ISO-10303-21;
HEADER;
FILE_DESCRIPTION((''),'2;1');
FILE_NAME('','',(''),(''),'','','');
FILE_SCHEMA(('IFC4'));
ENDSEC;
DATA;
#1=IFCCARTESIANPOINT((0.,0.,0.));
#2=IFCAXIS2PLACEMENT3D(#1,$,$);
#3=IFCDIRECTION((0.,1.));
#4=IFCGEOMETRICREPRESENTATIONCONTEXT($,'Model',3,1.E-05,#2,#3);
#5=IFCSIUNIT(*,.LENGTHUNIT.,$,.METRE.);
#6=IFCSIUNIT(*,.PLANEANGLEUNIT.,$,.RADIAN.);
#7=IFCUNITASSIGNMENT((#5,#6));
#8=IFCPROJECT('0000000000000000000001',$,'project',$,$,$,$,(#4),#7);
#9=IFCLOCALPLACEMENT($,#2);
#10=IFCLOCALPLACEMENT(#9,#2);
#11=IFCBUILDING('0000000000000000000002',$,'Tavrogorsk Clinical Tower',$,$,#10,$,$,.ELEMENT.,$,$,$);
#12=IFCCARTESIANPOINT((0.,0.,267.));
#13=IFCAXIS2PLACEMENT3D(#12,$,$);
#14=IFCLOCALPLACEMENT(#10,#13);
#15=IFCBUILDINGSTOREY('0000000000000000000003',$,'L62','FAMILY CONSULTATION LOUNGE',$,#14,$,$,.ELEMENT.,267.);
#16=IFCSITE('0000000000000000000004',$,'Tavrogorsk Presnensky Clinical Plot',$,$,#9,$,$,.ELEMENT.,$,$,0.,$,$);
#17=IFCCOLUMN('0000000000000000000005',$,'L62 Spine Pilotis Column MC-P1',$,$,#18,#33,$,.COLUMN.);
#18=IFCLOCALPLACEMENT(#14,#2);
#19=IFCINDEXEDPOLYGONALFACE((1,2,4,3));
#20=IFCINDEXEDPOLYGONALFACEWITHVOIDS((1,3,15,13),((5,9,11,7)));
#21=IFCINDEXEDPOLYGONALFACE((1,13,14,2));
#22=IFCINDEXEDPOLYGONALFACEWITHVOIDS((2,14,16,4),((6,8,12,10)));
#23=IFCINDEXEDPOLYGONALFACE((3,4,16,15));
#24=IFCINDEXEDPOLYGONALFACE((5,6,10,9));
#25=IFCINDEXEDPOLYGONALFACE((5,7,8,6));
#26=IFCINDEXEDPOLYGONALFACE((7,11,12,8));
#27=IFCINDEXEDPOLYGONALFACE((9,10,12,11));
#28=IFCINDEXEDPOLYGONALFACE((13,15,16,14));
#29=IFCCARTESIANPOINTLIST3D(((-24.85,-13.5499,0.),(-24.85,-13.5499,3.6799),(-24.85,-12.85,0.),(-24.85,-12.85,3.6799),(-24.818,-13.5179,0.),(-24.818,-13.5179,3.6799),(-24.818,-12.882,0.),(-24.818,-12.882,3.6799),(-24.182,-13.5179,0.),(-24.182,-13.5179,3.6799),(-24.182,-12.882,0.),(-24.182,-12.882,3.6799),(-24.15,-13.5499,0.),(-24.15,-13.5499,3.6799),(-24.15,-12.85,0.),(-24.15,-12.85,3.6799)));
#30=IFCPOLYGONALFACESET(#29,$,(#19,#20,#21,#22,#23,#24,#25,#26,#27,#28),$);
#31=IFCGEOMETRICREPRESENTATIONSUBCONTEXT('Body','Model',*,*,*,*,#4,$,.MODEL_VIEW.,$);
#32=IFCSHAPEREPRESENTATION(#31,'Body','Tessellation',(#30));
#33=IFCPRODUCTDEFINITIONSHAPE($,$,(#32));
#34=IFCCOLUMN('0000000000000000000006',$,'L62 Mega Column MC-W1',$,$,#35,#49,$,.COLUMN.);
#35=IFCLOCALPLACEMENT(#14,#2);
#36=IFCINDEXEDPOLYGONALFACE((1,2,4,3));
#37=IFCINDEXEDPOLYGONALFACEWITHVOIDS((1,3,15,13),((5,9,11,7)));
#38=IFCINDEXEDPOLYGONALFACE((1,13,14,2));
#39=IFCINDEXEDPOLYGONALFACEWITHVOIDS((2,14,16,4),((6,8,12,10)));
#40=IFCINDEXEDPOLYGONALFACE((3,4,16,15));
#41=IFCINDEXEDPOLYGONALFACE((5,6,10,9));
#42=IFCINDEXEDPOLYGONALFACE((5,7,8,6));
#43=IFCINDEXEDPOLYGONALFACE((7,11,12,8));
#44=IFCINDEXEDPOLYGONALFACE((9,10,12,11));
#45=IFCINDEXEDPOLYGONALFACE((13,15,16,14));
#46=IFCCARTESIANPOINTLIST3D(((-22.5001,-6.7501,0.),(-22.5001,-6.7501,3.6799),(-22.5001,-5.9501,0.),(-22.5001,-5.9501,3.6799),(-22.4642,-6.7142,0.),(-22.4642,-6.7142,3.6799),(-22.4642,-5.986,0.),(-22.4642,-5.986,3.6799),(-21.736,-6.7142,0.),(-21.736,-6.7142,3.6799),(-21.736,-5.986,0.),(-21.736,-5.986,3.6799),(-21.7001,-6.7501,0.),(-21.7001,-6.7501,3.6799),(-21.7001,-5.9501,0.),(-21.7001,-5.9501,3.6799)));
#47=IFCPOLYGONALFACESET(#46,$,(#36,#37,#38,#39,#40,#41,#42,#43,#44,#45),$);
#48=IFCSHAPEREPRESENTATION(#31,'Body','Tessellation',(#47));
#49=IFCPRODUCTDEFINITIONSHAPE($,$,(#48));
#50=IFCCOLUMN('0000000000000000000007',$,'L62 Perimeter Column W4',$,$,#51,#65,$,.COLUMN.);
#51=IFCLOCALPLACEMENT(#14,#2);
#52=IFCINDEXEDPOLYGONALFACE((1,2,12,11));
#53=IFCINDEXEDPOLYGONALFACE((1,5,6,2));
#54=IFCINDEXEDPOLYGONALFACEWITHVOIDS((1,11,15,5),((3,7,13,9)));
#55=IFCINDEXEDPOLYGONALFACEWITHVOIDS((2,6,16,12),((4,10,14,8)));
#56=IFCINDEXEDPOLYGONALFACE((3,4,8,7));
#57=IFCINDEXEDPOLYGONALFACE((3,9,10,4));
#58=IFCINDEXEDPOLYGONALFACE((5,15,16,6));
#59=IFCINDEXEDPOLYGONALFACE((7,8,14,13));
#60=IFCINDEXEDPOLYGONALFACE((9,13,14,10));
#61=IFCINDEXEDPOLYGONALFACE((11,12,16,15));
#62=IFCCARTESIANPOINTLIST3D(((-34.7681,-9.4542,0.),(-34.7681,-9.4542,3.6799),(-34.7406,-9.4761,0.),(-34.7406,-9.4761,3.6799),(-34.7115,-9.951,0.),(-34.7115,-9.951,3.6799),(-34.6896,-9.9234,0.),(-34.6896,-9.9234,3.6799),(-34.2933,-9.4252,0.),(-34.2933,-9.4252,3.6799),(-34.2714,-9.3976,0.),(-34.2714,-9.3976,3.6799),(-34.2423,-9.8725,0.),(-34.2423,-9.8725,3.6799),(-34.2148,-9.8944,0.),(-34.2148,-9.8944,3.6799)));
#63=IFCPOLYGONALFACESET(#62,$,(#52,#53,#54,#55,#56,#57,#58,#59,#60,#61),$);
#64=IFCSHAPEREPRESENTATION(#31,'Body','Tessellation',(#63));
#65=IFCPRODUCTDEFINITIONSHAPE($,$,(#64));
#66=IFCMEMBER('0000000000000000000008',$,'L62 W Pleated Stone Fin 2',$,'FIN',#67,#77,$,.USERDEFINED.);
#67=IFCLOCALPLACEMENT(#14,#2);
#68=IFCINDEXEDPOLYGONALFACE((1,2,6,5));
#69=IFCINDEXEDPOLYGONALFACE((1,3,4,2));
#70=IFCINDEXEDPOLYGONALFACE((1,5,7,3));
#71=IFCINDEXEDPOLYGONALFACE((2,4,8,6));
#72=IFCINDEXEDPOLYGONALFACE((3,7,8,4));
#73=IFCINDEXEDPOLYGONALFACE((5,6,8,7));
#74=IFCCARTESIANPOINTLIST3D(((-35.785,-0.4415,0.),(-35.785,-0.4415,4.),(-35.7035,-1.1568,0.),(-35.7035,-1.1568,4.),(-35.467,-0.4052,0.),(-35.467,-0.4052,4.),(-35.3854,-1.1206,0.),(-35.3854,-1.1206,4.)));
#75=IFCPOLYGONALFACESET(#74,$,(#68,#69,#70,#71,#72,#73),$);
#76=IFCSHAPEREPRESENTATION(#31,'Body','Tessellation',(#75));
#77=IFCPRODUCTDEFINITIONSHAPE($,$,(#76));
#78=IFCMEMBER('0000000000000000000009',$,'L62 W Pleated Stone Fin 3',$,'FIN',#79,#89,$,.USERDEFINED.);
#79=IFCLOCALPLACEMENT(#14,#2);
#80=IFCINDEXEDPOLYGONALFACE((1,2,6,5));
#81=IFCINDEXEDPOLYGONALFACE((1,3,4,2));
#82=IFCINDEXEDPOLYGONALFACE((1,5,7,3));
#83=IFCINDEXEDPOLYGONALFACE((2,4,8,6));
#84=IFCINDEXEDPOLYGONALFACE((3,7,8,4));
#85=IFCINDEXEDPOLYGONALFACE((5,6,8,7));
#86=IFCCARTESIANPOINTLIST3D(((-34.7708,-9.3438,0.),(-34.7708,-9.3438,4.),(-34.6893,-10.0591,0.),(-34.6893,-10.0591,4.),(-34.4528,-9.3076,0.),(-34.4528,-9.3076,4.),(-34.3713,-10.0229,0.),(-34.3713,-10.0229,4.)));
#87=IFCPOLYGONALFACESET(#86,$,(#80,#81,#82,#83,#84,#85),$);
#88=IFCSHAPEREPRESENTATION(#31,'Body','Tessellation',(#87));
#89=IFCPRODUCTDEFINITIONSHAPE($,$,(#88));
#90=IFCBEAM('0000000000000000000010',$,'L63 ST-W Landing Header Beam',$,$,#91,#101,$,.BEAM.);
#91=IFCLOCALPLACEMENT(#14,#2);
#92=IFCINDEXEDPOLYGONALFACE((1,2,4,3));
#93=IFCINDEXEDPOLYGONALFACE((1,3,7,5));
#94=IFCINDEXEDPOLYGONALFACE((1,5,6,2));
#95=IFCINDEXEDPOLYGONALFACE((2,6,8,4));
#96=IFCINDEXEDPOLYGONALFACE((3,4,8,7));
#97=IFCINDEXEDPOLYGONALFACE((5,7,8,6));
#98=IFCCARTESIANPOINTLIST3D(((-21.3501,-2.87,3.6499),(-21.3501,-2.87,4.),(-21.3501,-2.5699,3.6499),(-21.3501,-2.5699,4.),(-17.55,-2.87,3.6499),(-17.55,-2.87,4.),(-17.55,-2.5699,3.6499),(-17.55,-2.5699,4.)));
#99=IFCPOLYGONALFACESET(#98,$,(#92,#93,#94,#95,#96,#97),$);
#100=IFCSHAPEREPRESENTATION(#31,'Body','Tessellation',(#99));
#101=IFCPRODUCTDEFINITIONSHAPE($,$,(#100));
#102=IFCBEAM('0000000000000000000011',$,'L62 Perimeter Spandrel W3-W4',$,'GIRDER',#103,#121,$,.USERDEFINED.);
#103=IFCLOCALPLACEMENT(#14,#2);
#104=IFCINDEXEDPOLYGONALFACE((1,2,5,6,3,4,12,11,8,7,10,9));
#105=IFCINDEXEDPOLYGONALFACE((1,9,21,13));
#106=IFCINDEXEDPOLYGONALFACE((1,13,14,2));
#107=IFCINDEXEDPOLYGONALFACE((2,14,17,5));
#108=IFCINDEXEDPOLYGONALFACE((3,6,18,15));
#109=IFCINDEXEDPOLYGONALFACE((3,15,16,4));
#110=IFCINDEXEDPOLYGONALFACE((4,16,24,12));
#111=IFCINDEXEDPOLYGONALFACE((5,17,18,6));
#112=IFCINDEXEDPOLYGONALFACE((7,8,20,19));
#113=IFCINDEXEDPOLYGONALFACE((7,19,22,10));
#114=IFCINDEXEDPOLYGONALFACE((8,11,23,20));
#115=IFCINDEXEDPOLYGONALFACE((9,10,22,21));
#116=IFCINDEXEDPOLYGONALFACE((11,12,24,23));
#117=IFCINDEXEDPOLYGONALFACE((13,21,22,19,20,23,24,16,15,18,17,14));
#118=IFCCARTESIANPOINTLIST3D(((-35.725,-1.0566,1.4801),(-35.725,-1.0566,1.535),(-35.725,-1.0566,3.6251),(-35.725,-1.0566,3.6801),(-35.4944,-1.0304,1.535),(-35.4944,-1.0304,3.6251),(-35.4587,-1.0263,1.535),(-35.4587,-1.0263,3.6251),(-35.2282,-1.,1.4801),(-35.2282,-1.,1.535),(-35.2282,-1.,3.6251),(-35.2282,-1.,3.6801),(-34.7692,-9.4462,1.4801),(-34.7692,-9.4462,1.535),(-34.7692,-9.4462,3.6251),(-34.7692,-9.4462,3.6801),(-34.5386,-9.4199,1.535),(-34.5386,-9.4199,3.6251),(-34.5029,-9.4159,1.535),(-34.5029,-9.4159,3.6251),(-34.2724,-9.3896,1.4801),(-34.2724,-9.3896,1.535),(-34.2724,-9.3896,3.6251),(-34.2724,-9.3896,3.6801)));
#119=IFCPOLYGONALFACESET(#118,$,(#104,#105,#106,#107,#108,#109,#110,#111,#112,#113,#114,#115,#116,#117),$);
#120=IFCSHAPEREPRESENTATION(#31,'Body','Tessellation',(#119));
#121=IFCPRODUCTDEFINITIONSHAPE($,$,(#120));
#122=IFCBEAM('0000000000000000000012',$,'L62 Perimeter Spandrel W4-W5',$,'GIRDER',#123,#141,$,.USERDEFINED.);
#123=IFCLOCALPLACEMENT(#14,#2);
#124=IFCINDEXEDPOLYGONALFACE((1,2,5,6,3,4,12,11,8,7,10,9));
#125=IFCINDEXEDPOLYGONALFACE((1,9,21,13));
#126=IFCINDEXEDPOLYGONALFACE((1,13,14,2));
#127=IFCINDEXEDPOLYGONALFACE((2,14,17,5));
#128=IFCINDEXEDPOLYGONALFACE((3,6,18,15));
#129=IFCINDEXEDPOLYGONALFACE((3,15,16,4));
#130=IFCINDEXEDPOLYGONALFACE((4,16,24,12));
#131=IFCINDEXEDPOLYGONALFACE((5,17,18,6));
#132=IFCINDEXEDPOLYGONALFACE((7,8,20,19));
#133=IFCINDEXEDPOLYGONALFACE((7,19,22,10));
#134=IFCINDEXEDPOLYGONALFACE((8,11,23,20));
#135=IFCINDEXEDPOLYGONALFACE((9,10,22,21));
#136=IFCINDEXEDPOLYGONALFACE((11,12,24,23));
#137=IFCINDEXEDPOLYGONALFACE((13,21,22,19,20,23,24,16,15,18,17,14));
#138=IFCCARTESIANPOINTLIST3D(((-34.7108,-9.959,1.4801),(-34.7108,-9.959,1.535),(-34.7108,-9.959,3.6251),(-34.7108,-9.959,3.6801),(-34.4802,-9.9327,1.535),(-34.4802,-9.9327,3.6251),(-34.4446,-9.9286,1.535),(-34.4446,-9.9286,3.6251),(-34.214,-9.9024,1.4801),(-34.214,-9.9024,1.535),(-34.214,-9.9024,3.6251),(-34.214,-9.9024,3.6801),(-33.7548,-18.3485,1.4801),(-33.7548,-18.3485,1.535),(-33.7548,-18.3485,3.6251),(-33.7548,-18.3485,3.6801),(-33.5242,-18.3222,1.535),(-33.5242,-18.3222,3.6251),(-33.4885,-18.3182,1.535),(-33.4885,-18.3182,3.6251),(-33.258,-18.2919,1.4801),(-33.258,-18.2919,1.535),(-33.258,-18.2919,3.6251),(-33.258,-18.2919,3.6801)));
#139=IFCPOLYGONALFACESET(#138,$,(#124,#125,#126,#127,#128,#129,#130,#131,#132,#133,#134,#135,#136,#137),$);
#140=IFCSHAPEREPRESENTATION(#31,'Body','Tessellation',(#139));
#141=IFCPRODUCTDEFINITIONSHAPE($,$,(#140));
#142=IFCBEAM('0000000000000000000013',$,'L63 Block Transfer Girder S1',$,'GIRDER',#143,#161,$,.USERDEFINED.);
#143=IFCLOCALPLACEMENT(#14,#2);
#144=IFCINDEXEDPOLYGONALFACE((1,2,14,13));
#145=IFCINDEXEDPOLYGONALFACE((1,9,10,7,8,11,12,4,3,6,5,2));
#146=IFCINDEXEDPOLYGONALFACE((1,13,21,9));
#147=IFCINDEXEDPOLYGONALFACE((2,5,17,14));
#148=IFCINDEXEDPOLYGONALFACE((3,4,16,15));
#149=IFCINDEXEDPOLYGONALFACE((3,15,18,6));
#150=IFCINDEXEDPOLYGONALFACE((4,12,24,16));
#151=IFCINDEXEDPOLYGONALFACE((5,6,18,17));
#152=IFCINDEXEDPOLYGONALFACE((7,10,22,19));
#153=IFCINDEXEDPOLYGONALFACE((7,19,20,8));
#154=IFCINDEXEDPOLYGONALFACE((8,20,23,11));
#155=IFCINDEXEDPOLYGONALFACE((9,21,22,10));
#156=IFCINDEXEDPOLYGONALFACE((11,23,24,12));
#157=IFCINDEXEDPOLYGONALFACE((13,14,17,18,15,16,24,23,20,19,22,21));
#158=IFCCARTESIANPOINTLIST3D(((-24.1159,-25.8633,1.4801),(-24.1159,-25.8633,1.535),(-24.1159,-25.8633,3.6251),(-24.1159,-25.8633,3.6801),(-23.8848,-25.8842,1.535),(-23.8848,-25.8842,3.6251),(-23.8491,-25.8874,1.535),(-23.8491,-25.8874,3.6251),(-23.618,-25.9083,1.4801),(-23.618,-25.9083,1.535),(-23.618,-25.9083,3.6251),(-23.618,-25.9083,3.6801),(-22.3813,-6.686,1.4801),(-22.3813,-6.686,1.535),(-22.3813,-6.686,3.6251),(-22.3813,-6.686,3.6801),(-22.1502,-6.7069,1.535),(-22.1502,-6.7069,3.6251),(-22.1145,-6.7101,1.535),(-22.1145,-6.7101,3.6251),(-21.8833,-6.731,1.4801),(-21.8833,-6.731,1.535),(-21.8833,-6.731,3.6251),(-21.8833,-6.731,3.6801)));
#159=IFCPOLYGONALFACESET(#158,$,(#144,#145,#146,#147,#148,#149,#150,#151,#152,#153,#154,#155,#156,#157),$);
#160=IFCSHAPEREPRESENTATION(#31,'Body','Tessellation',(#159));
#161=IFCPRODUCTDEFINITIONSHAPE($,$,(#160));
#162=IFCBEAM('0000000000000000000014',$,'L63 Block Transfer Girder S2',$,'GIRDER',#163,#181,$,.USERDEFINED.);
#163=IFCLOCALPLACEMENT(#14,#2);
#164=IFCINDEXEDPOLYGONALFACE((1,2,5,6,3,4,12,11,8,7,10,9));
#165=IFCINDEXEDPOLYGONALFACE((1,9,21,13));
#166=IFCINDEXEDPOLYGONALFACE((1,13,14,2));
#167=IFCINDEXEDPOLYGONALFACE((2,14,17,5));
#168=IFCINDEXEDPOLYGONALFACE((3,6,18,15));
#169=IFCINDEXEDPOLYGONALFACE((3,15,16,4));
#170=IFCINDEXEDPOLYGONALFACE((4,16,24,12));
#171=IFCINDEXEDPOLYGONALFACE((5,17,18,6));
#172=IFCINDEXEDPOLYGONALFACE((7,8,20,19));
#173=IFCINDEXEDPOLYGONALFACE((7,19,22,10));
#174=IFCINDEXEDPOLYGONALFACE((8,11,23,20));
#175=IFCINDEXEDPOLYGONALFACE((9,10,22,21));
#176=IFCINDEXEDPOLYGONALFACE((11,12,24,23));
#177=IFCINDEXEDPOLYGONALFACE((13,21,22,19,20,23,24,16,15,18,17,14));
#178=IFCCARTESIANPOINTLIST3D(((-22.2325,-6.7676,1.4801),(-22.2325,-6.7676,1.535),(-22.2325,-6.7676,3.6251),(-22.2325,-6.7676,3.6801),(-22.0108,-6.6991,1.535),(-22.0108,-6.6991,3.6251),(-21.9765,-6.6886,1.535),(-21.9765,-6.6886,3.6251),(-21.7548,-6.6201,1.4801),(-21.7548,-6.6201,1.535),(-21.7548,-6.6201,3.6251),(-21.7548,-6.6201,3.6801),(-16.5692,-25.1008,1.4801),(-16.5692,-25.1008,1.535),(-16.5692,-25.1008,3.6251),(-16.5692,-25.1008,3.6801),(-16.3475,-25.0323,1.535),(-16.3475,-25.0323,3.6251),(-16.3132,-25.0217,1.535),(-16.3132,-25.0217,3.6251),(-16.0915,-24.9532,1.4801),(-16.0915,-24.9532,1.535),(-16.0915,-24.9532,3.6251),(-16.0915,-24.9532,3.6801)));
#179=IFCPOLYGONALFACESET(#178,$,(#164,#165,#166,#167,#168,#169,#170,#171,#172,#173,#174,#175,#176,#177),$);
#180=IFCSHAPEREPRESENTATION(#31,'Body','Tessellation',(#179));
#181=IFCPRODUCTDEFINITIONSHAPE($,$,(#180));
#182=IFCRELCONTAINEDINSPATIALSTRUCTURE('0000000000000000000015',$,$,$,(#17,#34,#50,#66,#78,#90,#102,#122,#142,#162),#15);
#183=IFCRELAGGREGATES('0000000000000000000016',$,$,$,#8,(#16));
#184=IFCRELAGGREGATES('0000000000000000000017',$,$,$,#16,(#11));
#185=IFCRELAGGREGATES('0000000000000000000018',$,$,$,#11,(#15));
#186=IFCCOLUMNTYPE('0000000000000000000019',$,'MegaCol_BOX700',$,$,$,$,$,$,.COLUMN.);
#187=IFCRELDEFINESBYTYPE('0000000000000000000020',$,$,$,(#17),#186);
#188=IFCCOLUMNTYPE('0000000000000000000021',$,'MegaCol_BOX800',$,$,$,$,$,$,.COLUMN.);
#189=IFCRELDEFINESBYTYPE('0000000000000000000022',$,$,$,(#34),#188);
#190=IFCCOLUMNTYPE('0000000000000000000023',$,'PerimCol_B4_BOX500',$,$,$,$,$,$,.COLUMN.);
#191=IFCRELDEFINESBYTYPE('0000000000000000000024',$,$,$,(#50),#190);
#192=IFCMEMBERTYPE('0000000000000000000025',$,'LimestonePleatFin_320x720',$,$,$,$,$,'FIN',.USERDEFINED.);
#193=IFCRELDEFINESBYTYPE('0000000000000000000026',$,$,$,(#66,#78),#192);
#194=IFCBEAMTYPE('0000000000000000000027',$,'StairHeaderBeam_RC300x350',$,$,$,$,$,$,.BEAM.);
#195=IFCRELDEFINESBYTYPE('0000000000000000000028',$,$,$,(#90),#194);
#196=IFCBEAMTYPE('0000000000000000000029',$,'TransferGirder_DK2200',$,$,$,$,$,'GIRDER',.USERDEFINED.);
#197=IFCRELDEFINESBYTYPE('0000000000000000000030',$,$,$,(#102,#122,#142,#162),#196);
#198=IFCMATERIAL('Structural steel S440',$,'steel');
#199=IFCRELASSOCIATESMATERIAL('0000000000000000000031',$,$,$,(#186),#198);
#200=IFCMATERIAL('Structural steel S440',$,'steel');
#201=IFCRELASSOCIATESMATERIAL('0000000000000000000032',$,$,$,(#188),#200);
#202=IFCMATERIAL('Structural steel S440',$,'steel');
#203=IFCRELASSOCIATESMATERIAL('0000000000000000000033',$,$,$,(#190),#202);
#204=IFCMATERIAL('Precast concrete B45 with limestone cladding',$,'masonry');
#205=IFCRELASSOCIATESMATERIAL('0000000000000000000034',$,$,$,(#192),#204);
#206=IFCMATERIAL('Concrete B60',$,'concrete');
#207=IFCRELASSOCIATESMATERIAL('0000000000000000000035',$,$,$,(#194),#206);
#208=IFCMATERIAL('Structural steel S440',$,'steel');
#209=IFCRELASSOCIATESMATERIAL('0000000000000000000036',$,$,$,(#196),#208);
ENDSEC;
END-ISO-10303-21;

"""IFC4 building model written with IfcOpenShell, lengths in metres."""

from ifc_helpers import new_model, si_unit, direction, frame, origin, origin_2d, place, context, subcontext, project, spatial, rectangle, hollow_rectangle, i_section, extrude, material, material_profile, profile_set, type_object, element, save


model = new_model("IFC4")

# Units and contexts
model_context = context("Model", 3, precision=1e-05, world=origin(), true_north=direction((0.0, 1.0)))
body_context = subcontext(model_context, "Body", "Model", "MODEL_VIEW")
ifc_project = project(units=[si_unit("LENGTHUNIT", "METRE"), si_unit("PLANEANGLEUNIT", "RADIAN")], contexts=[model_context])

# Site, building, storey
site_placement = place(None, origin())
site = spatial("IfcSite", under=ifc_project, at=site_placement, Name="Tavrogorsk Presnensky Clinical Plot", CompositionType="ELEMENT", RefElevation=0.0)
building_placement = place(site_placement, origin())
building = spatial("IfcBuilding", under=site, at=building_placement, Name="Tavrogorsk Clinical Tower", CompositionType="ELEMENT")
storey_placement = place(building_placement, frame((0.0, 0.0, 267.0)))
storey = spatial("IfcBuildingStorey", under=building, at=storey_placement, Name="L62", Description="FAMILY CONSULTATION LOUNGE", CompositionType="ELEMENT", Elevation=267.0)

# Columns
ifc_material_1 = material(Name="Structural steel S440", Category="steel")
ifc_material_profile_1 = material_profile(ifc_material_1, hollow_rectangle(XDim=0.7, YDim=0.7, WallThickness=0.032, at=origin_2d()), Name="BOX-700x700x32")
ifc_profile_set_1 = profile_set([ifc_material_profile_1], Name="Structural steel S440")
column_type_1 = type_object("IfcColumnType", Name="MegaCol_BOX700", PredefinedType="COLUMN", material=ifc_profile_set_1)
column_1_placement = place(storey_placement, frame((-24.5, -13.2, 0.0), z_axis=(0.0, 0.0, 1.0), x_axis=(1.0, 0.0, 0.0)))
element("IfcColumn", 1, at=column_1_placement, inside=storey, type_object=column_type_1, Name="L62 Spine Pilotis Column MC-P1", PredefinedType="COLUMN", context=body_context, shape_type="SweptSolid", body=[
    extrude(hollow_rectangle(XDim=0.7, YDim=0.7, WallThickness=0.032, at=origin_2d()), origin(), (0.0, 0.0, 1.0), 3.6799),
])
ifc_material_2 = material(Name="Structural steel S440", Category="steel")
ifc_material_profile_2 = material_profile(ifc_material_2, hollow_rectangle(XDim=0.8, YDim=0.8, WallThickness=0.0359, at=origin_2d()), Name="BOX-800x800x36")
ifc_profile_set_2 = profile_set([ifc_material_profile_2], Name="Structural steel S440")
column_type_2 = type_object("IfcColumnType", Name="MegaCol_BOX800", PredefinedType="COLUMN", material=ifc_profile_set_2)
column_2_placement = place(storey_placement, frame((-22.1001, -6.3501, 0.0), z_axis=(0.0, 0.0, 1.0), x_axis=(1.0, 0.0, 0.0)))
element("IfcColumn", 2, at=column_2_placement, inside=storey, type_object=column_type_2, Name="L62 Mega Column MC-W1", PredefinedType="COLUMN", context=body_context, shape_type="SweptSolid", body=[
    extrude(hollow_rectangle(XDim=0.8, YDim=0.8, WallThickness=0.0359, at=origin_2d()), origin(), (0.0, 0.0, 1.0), 3.6799),
])
ifc_material_3 = material(Name="Structural steel S440", Category="steel")
ifc_material_profile_3 = material_profile(ifc_material_3, hollow_rectangle(XDim=0.5, YDim=0.5, WallThickness=0.0249, at=origin_2d()), Name="BOX-500x500x25")
ifc_profile_set_3 = profile_set([ifc_material_profile_3], Name="Structural steel S440")
column_type_3 = type_object("IfcColumnType", Name="PerimCol_B4_BOX500", PredefinedType="COLUMN", material=ifc_profile_set_3)
column_3_placement = place(storey_placement, frame((-34.4915, -9.6743, 0.0), z_axis=(0.0, 0.0, 1.0), x_axis=(0.993572, 0.113203, 0.0)))
element("IfcColumn", 3, at=column_3_placement, inside=storey, type_object=column_type_3, Name="L62 Perimeter Column W4", PredefinedType="COLUMN", context=body_context, shape_type="SweptSolid", body=[
    extrude(hollow_rectangle(XDim=0.5, YDim=0.5, WallThickness=0.0249, at=origin_2d()), origin(), (0.0, 0.0, 1.0), 3.6799),
])

# Members
ifc_material_4 = material(Name="Precast concrete B45 with limestone cladding", Category="masonry")
ifc_material_profile_4 = material_profile(ifc_material_4, rectangle(XDim=0.3201, YDim=0.72, at=origin_2d()), Name="LIMESTONE-FIN-320x720")
ifc_profile_set_4 = profile_set([ifc_material_profile_4], Name="Precast concrete B45 with limestone cladding")
member_type = type_object("IfcMemberType", Name="LimestonePleatFin_320x720", ElementType="FIN", PredefinedType="USERDEFINED", material=ifc_profile_set_4)
for number, where, z_axis, x_axis, name in (
    (4, (-35.5852, -0.781, 0.0), (0.0, 0.0, 1.0), (0.993572, 0.113203, 0.0), "L62 W Pleated Stone Fin 2"),
    (5, (-34.571, -9.6833, 0.0), (0.0, 0.0, 1.0), (0.993572, 0.113203, 0.0), "L62 W Pleated Stone Fin 3"),
):
    element("IfcMember", number, at=place(storey_placement, frame(where, z_axis=z_axis, x_axis=x_axis)), inside=storey, type_object=member_type, Name=name, ObjectType="FIN", PredefinedType="USERDEFINED", context=body_context, shape_type="SweptSolid", body=[
        extrude(rectangle(XDim=0.3201, YDim=0.72, at=origin_2d()), origin(), (0.0, 0.0, 1.0), 4.0),
    ])

# Beams
ifc_material_5 = material(Name="Concrete B60", Category="concrete")
ifc_material_profile_5 = material_profile(ifc_material_5, rectangle(XDim=0.3, YDim=0.3501, at=origin_2d()), Name="RC-SHB-300x350")
ifc_profile_set_5 = profile_set([ifc_material_profile_5], Name="Concrete B60")
beam_type_1 = type_object("IfcBeamType", Name="StairHeaderBeam_RC300x350", PredefinedType="BEAM", material=ifc_profile_set_5)
beam_1_placement = place(storey_placement, frame((-21.3501, -2.72, 3.825), z_axis=(1.0, 0.0, 0.0), x_axis=(0.0, 1.0, 0.0)))
element("IfcBeam", 6, at=beam_1_placement, inside=storey, type_object=beam_type_1, Name="L63 ST-W Landing Header Beam", PredefinedType="BEAM", context=body_context, shape_type="SweptSolid", body=[
    extrude(rectangle(XDim=0.3, YDim=0.3501, at=origin_2d()), origin(), (0.0, 0.0, 1.0), 3.8),
])
ifc_material_6 = material(Name="Structural steel S440", Category="steel")
ifc_material_profile_6 = material_profile(ifc_material_6, i_section(OverallWidth=0.5, OverallDepth=2.2, WebThickness=0.0359, FlangeThickness=0.0549, at=origin_2d()), Name="DK-2200x500x36x55")
ifc_profile_set_6 = profile_set([ifc_material_profile_6], Name="Structural steel S440")
beam_type_2 = type_object("IfcBeamType", Name="TransferGirder_DK2200", ElementType="GIRDER", PredefinedType="USERDEFINED", material=ifc_profile_set_6)
for number, where, z_axis, x_axis, name in (
    (7, (-35.4766, -1.0283, 2.5801), (0.113195, -0.993573, 0.0), (0.993573, 0.113195, 0.0), "L62 Perimeter Spandrel W3-W4"),
    (8, (-34.4624, -9.9307, 2.5801), (0.113224, -0.99357, 0.0), (0.99357, 0.113224, 0.0), "L62 Perimeter Spandrel W4-W5"),
):
    element("IfcBeam", number, at=place(storey_placement, frame(where, z_axis=z_axis, x_axis=x_axis)), inside=storey, type_object=beam_type_2, Name=name, ObjectType="GIRDER", PredefinedType="USERDEFINED", context=body_context, shape_type="SweptSolid", body=[
        extrude(i_section(OverallWidth=0.5, OverallDepth=2.2, WebThickness=0.0359, FlangeThickness=0.0549, at=origin_2d()), origin(), (0.0, 0.0, 1.0), 8.4438),
    ])
beam_2_placement = place(storey_placement, frame((-22.1323, -6.7085, 2.5801), z_axis=(-0.090084, -0.995934, 0.0), x_axis=(0.995934, -0.090084, 0.0)))
element("IfcBeam", 9, at=beam_2_placement, inside=storey, type_object=beam_type_2, Name="L63 Block Transfer Girder S1", ObjectType="GIRDER", PredefinedType="USERDEFINED", context=body_context, shape_type="SweptSolid", body=[
    extrude(i_section(OverallWidth=0.5, OverallDepth=2.2, WebThickness=0.0359, FlangeThickness=0.0549, at=origin_2d()), origin(), (0.0, 0.0, 1.0), 19.2556),
])
beam_3_placement = place(storey_placement, frame((-21.9937, -6.6938, 2.5801), z_axis=(0.295149, -0.955451, 0.0), x_axis=(0.955451, 0.295149, 0.0)))
element("IfcBeam", 10, at=beam_3_placement, inside=storey, type_object=beam_type_2, Name="L63 Block Transfer Girder S2", ObjectType="GIRDER", PredefinedType="USERDEFINED", context=body_context, shape_type="SweptSolid", body=[
    extrude(i_section(OverallWidth=0.5, OverallDepth=2.2, WebThickness=0.0359, FlangeThickness=0.0549, at=origin_2d()), origin(), (0.0, 0.0, 1.0), 19.188),
])

save(model, "model.ifc")
